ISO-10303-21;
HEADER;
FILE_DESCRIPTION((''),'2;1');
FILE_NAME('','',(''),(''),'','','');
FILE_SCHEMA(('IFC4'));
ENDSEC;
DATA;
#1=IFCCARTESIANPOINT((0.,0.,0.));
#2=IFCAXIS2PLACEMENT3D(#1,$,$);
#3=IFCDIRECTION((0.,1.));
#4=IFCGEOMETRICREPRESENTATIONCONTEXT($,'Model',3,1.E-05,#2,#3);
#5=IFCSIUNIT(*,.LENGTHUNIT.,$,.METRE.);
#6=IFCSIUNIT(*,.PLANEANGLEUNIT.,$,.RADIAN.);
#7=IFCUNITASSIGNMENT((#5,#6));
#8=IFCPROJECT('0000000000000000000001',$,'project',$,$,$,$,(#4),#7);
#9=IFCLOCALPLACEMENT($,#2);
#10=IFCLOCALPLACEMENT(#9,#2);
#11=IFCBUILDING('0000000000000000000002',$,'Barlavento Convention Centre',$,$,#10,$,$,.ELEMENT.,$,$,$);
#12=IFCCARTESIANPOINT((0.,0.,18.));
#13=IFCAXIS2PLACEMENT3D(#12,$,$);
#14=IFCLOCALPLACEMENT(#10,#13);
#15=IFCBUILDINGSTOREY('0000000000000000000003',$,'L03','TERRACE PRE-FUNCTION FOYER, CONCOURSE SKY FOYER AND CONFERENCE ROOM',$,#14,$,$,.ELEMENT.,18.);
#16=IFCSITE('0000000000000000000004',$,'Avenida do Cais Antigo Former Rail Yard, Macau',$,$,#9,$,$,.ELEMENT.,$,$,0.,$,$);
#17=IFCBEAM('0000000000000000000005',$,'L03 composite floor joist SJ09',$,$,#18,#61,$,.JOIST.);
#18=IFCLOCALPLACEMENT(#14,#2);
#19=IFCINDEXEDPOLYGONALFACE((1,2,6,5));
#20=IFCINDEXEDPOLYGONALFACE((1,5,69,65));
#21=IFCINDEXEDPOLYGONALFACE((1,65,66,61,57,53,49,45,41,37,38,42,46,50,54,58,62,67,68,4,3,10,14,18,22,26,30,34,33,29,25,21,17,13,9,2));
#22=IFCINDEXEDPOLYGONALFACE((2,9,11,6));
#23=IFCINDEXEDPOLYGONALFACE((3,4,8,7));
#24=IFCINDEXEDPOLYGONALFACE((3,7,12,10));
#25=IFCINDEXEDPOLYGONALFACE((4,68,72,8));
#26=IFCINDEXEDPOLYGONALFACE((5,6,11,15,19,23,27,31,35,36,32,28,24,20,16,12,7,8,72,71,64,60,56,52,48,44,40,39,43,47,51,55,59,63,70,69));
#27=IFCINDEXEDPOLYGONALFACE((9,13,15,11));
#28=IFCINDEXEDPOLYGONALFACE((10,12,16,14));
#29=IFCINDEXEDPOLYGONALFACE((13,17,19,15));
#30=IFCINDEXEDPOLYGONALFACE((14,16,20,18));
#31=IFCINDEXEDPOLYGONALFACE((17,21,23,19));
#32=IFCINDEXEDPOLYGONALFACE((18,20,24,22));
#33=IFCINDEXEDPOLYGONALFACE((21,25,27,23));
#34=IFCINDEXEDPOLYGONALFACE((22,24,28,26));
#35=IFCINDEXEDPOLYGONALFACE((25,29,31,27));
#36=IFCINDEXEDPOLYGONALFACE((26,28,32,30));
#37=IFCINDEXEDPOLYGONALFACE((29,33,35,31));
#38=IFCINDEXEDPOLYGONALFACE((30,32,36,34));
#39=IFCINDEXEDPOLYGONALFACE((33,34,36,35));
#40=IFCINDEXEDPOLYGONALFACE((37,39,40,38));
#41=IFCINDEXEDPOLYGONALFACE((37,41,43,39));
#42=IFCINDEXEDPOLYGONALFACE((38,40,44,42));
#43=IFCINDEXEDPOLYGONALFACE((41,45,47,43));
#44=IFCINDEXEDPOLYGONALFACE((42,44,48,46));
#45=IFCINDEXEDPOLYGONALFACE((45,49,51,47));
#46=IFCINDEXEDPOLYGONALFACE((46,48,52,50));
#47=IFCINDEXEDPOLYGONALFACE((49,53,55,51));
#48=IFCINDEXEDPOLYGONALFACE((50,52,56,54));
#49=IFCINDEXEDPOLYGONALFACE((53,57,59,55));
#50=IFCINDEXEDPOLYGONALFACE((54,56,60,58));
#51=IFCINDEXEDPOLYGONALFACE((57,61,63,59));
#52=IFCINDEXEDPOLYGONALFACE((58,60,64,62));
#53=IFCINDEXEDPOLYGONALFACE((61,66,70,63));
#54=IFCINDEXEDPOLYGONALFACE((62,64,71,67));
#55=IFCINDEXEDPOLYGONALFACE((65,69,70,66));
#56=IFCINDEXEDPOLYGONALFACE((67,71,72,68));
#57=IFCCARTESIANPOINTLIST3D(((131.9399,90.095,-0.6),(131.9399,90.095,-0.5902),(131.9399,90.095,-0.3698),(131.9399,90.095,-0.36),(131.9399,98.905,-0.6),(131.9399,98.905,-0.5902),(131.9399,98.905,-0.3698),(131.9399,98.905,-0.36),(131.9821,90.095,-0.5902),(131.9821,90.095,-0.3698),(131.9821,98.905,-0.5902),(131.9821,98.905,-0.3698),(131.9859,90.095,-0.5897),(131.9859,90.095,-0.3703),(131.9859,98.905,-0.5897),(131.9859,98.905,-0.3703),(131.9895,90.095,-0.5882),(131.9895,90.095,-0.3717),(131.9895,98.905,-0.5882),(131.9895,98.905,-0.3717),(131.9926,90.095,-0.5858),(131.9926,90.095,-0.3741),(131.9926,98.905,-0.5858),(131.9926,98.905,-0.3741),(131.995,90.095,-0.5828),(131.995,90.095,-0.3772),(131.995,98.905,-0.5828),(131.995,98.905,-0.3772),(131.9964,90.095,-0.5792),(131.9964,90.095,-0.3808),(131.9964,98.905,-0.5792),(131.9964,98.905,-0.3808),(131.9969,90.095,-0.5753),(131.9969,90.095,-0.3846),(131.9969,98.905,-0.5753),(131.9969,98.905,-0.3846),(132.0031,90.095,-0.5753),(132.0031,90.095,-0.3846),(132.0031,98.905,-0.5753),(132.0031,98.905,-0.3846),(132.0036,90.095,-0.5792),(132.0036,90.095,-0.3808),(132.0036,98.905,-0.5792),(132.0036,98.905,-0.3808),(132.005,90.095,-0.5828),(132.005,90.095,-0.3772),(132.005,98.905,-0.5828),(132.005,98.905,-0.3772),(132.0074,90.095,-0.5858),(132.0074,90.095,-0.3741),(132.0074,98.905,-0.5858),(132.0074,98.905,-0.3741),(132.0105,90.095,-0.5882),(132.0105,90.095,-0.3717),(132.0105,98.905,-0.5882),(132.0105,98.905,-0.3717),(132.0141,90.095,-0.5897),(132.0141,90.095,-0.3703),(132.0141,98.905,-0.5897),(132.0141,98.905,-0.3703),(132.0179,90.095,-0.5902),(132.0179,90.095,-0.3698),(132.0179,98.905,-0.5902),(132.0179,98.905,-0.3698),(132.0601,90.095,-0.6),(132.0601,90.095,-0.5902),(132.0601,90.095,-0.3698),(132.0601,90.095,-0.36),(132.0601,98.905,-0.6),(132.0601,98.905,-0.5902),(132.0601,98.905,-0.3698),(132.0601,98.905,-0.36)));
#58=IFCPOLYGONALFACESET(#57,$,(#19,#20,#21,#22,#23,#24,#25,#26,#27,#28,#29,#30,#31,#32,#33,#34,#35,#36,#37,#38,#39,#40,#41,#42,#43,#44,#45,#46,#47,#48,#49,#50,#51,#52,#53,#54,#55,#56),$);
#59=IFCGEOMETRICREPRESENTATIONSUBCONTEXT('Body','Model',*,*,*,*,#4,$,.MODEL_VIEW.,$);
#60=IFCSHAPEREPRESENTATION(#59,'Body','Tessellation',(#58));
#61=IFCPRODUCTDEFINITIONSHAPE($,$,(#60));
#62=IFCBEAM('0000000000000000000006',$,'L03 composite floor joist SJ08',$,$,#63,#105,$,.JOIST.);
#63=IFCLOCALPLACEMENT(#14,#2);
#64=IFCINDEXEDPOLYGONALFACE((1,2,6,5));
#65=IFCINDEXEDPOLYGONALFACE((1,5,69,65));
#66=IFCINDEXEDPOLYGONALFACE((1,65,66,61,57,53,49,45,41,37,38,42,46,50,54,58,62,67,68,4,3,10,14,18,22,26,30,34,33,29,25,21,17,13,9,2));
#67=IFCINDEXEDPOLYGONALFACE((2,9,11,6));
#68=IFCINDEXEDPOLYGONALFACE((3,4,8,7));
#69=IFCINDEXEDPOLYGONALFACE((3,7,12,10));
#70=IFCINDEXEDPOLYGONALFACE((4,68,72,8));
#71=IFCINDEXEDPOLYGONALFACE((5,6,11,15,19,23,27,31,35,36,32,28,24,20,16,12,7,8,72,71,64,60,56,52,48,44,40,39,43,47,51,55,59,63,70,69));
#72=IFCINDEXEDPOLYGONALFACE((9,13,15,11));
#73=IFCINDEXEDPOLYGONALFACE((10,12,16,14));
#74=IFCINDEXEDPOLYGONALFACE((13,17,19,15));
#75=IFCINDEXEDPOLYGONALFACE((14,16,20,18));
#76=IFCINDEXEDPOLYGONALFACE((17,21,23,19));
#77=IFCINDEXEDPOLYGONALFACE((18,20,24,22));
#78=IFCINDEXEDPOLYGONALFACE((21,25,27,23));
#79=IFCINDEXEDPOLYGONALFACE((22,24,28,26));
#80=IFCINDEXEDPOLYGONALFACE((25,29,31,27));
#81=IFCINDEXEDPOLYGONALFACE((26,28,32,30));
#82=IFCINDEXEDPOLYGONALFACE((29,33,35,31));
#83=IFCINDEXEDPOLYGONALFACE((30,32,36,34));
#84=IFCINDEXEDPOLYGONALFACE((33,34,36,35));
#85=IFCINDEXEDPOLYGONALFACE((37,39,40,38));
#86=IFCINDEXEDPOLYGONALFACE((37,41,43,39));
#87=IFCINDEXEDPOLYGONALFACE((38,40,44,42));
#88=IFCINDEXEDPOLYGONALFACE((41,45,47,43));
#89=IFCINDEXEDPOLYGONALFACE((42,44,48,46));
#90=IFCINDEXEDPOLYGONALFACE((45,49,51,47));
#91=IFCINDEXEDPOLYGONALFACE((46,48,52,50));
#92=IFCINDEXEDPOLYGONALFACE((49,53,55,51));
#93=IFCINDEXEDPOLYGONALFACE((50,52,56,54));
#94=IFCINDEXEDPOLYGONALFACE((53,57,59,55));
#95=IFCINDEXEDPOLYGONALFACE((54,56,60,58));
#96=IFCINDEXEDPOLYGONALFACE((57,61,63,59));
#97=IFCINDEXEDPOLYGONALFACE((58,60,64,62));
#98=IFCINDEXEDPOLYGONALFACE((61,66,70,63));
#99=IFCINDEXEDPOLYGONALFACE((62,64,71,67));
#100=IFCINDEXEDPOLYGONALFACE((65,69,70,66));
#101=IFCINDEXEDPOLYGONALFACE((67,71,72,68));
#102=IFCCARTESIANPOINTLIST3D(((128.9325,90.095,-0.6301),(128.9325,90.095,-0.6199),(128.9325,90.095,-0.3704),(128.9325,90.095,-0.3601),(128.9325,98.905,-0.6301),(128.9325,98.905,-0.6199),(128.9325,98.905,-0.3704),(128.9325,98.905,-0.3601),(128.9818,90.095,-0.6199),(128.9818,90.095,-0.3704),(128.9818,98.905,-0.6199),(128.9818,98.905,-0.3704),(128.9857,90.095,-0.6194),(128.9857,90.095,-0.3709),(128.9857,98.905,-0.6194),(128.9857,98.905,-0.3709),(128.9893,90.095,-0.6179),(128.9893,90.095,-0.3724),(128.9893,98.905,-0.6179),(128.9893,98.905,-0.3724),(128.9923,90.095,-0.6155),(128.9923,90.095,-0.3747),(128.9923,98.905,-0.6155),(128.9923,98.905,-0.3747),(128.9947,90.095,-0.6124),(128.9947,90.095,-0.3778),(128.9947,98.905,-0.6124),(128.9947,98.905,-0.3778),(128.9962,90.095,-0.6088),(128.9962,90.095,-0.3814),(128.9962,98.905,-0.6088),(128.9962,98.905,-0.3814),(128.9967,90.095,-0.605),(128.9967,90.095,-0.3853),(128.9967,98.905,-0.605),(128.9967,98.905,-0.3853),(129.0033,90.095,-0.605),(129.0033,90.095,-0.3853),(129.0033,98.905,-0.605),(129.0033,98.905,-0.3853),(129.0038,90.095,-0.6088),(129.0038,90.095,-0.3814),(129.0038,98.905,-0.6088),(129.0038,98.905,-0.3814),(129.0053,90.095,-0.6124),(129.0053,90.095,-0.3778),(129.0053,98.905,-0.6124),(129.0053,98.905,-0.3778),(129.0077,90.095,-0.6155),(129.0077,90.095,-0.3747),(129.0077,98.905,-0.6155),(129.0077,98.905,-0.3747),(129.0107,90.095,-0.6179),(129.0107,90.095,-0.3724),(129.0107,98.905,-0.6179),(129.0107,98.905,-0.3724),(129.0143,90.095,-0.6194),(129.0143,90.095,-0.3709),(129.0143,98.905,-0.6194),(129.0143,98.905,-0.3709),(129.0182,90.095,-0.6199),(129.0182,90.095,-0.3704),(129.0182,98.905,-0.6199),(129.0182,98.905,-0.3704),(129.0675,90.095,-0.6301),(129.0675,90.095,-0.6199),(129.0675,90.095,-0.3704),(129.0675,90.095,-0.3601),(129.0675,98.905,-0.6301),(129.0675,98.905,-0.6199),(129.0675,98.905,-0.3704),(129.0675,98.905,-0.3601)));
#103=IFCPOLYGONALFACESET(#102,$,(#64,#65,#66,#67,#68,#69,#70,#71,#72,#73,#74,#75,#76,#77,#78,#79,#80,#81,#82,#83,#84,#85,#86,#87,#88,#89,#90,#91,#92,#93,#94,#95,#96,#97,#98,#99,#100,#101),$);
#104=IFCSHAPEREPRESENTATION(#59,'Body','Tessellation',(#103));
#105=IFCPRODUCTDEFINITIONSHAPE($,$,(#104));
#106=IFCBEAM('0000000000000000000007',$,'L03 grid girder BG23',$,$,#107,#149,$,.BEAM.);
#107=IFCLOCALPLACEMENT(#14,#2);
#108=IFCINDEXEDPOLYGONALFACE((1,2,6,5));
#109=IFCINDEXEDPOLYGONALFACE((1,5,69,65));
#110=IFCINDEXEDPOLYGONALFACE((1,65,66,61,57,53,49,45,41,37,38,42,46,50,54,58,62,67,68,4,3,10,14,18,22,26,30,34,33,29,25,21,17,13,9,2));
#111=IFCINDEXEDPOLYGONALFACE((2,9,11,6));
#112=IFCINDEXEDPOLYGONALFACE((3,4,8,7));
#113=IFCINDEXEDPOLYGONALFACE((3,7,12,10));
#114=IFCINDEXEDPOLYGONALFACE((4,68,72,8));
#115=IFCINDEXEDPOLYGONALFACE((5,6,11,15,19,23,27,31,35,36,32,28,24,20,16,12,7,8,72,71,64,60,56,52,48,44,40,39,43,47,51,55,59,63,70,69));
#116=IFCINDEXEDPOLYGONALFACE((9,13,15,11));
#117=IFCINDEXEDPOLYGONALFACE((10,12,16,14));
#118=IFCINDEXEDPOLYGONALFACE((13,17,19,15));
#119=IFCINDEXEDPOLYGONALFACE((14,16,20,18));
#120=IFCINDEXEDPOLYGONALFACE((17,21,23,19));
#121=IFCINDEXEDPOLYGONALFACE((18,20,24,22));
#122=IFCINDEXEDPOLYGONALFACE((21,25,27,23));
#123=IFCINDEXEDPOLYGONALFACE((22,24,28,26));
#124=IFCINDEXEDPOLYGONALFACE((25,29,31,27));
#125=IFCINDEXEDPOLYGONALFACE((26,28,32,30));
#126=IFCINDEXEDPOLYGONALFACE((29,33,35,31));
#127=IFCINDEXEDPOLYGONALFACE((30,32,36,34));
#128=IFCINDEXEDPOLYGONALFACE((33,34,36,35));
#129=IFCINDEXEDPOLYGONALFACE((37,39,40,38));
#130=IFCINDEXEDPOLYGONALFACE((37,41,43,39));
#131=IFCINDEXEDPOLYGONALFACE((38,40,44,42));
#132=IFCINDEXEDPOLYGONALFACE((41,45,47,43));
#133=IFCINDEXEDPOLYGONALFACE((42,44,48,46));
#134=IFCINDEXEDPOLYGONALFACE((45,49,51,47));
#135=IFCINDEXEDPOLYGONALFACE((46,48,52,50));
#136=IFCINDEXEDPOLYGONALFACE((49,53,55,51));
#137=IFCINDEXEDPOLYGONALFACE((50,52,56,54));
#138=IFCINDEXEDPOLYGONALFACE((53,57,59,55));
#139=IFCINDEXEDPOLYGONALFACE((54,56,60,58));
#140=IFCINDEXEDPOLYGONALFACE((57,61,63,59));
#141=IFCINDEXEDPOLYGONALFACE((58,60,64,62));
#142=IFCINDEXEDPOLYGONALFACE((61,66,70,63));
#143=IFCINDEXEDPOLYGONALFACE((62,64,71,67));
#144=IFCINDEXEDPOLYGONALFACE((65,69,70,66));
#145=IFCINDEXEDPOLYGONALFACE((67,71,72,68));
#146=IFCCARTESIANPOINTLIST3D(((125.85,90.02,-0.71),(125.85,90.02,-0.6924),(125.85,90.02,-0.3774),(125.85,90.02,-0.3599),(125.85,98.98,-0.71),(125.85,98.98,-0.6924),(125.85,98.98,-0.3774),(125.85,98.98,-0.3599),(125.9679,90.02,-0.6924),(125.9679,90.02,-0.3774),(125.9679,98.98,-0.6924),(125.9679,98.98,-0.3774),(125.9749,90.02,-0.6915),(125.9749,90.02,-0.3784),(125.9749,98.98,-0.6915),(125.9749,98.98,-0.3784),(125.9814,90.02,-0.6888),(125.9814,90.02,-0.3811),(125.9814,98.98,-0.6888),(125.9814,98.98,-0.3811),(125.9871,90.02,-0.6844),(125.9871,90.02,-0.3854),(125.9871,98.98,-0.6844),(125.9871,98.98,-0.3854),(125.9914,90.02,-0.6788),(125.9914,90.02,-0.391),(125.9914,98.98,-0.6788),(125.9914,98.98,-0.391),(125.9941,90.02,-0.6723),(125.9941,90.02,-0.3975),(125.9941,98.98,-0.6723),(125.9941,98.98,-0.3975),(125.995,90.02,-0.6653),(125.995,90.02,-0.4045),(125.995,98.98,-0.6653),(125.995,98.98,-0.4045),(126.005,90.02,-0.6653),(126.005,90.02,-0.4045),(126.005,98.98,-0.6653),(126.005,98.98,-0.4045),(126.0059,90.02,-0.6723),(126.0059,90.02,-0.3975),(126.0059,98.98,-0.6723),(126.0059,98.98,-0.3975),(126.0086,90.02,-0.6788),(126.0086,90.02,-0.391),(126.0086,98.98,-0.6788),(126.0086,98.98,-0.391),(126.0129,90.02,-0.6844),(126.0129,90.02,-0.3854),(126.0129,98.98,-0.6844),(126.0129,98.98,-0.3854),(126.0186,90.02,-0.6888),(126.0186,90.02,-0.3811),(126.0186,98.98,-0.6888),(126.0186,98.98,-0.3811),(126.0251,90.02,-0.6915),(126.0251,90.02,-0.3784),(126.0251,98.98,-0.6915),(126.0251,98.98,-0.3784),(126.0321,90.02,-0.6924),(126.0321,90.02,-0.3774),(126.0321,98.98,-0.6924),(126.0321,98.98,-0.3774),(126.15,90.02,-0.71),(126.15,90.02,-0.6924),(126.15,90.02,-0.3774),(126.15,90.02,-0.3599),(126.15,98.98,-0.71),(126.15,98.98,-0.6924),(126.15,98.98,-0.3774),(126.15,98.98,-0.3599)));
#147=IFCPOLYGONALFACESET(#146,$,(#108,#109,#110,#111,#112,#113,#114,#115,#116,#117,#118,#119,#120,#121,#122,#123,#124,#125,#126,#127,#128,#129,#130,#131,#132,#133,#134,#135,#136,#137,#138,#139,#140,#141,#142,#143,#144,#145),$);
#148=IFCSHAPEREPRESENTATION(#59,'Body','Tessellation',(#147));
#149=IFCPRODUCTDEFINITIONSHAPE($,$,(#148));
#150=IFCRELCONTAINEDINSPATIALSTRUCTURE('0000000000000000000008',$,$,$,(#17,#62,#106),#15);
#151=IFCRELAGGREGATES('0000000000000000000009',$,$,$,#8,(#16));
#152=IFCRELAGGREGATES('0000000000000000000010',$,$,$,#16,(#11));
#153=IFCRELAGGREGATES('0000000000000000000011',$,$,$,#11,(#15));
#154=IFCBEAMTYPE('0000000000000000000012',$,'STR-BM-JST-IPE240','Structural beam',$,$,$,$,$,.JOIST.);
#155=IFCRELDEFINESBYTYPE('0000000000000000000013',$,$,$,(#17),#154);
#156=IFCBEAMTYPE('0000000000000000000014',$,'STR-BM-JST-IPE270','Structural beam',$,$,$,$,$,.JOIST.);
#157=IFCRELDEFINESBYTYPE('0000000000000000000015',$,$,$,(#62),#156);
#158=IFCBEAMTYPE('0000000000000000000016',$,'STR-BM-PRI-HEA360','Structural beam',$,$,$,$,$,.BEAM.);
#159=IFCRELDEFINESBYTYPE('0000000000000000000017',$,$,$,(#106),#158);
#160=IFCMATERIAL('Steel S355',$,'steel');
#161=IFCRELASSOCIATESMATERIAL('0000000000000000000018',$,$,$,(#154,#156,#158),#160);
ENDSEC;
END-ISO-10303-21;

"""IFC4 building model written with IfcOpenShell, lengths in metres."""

from ifc_helpers import new_model, si_unit, direction, frame, origin, origin_2d, place, context, subcontext, project, spatial, i_section, extrude, material, material_profile, profile_set, type_object, element, save


model = new_model("IFC4")

# Units and contexts
model_context = context("Model", 3, precision=1e-05, world=origin(), true_north=direction((0.0, 1.0)))
body_context = subcontext(model_context, "Body", "Model", "MODEL_VIEW")
ifc_project = project(units=[si_unit("LENGTHUNIT", "METRE"), si_unit("PLANEANGLEUNIT", "RADIAN")], contexts=[model_context])

# Site, building, storey
site_placement = place(None, origin())
site = spatial("IfcSite", under=ifc_project, at=site_placement, Name="Avenida do Cais Antigo Former Rail Yard, Macau", CompositionType="ELEMENT", RefElevation=0.0)
building_placement = place(site_placement, origin())
building = spatial("IfcBuilding", under=site, at=building_placement, Name="Barlavento Convention Centre", CompositionType="ELEMENT")
storey_placement = place(building_placement, frame((0.0, 0.0, 18.0)))
storey = spatial("IfcBuildingStorey", under=building, at=storey_placement, Name="L03", Description="TERRACE PRE-FUNCTION FOYER, CONCOURSE SKY FOYER AND CONFERENCE ROOM", CompositionType="ELEMENT", Elevation=18.0)

# Shared definitions
ifc_material_1 = material(Name="Steel S355", Category="steel")

# Beams
ifc_material_profile_1 = material_profile(ifc_material_1, i_section(OverallWidth=0.1201, OverallDepth=0.24, WebThickness=0.0061, FlangeThickness=0.0098, FilletRadius=0.0149, at=origin_2d()), Name="IPE 240")
ifc_profile_set_1 = profile_set([ifc_material_profile_1], Name="Steel S355")
beam_type_1 = type_object("IfcBeamType", Name="STR-BM-JST-IPE240", Description="Structural beam", PredefinedType="JOIST", material=ifc_profile_set_1)
beam_1_placement = place(storey_placement, frame((132.0, 90.095, -0.48), z_axis=(0.0, 1.0, 0.0), x_axis=(-1.0, 0.0, 0.0)))
element("IfcBeam", 1, at=beam_1_placement, inside=storey, type_object=beam_type_1, Name="L03 composite floor joist SJ09", PredefinedType="JOIST", context=body_context, shape_type="SweptSolid", body=[
    extrude(i_section(OverallWidth=0.1201, OverallDepth=0.24, WebThickness=0.0061, FlangeThickness=0.0098, FilletRadius=0.0149, at=origin_2d()), origin(), (0.0, 0.0, 1.0), 8.8101),
])
ifc_material_profile_2 = material_profile(ifc_material_1, i_section(OverallWidth=0.135, OverallDepth=0.27, WebThickness=0.0066, FlangeThickness=0.0103, FilletRadius=0.0149, at=origin_2d()), Name="IPE 270")
ifc_profile_set_2 = profile_set([ifc_material_profile_2], Name="Steel S355")
beam_type_2 = type_object("IfcBeamType", Name="STR-BM-JST-IPE270", Description="Structural beam", PredefinedType="JOIST", material=ifc_profile_set_2)
beam_2_placement = place(storey_placement, frame((129.0, 90.095, -0.4951), z_axis=(0.0, 1.0, 0.0), x_axis=(-1.0, 0.0, 0.0)))
element("IfcBeam", 2, at=beam_2_placement, inside=storey, type_object=beam_type_2, Name="L03 composite floor joist SJ08", PredefinedType="JOIST", context=body_context, shape_type="SweptSolid", body=[
    extrude(i_section(OverallWidth=0.135, OverallDepth=0.27, WebThickness=0.0066, FlangeThickness=0.0103, FilletRadius=0.0149, at=origin_2d()), origin(), (0.0, 0.0, 1.0), 8.8101),
])
ifc_material_profile_3 = material_profile(ifc_material_1, i_section(OverallWidth=0.3, OverallDepth=0.3501, WebThickness=0.01, FlangeThickness=0.0176, FilletRadius=0.0271, at=origin_2d()), Name="HEA 360")
ifc_profile_set_3 = profile_set([ifc_material_profile_3], Name="Steel S355")
beam_type_3 = type_object("IfcBeamType", Name="STR-BM-PRI-HEA360", Description="Structural beam", PredefinedType="BEAM", material=ifc_profile_set_3)
beam_3_placement = place(storey_placement, frame((126.0, 90.02, -0.5349), z_axis=(0.0, 1.0, 0.0), x_axis=(-1.0, 0.0, 0.0)))
element("IfcBeam", 3, at=beam_3_placement, inside=storey, type_object=beam_type_3, Name="L03 grid girder BG23", PredefinedType="BEAM", context=body_context, shape_type="SweptSolid", body=[
    extrude(i_section(OverallWidth=0.3, OverallDepth=0.3501, WebThickness=0.01, FlangeThickness=0.0176, FilletRadius=0.0271, at=origin_2d()), origin(), (0.0, 0.0, 1.0), 8.96),
])

save(model, "model.ifc")
